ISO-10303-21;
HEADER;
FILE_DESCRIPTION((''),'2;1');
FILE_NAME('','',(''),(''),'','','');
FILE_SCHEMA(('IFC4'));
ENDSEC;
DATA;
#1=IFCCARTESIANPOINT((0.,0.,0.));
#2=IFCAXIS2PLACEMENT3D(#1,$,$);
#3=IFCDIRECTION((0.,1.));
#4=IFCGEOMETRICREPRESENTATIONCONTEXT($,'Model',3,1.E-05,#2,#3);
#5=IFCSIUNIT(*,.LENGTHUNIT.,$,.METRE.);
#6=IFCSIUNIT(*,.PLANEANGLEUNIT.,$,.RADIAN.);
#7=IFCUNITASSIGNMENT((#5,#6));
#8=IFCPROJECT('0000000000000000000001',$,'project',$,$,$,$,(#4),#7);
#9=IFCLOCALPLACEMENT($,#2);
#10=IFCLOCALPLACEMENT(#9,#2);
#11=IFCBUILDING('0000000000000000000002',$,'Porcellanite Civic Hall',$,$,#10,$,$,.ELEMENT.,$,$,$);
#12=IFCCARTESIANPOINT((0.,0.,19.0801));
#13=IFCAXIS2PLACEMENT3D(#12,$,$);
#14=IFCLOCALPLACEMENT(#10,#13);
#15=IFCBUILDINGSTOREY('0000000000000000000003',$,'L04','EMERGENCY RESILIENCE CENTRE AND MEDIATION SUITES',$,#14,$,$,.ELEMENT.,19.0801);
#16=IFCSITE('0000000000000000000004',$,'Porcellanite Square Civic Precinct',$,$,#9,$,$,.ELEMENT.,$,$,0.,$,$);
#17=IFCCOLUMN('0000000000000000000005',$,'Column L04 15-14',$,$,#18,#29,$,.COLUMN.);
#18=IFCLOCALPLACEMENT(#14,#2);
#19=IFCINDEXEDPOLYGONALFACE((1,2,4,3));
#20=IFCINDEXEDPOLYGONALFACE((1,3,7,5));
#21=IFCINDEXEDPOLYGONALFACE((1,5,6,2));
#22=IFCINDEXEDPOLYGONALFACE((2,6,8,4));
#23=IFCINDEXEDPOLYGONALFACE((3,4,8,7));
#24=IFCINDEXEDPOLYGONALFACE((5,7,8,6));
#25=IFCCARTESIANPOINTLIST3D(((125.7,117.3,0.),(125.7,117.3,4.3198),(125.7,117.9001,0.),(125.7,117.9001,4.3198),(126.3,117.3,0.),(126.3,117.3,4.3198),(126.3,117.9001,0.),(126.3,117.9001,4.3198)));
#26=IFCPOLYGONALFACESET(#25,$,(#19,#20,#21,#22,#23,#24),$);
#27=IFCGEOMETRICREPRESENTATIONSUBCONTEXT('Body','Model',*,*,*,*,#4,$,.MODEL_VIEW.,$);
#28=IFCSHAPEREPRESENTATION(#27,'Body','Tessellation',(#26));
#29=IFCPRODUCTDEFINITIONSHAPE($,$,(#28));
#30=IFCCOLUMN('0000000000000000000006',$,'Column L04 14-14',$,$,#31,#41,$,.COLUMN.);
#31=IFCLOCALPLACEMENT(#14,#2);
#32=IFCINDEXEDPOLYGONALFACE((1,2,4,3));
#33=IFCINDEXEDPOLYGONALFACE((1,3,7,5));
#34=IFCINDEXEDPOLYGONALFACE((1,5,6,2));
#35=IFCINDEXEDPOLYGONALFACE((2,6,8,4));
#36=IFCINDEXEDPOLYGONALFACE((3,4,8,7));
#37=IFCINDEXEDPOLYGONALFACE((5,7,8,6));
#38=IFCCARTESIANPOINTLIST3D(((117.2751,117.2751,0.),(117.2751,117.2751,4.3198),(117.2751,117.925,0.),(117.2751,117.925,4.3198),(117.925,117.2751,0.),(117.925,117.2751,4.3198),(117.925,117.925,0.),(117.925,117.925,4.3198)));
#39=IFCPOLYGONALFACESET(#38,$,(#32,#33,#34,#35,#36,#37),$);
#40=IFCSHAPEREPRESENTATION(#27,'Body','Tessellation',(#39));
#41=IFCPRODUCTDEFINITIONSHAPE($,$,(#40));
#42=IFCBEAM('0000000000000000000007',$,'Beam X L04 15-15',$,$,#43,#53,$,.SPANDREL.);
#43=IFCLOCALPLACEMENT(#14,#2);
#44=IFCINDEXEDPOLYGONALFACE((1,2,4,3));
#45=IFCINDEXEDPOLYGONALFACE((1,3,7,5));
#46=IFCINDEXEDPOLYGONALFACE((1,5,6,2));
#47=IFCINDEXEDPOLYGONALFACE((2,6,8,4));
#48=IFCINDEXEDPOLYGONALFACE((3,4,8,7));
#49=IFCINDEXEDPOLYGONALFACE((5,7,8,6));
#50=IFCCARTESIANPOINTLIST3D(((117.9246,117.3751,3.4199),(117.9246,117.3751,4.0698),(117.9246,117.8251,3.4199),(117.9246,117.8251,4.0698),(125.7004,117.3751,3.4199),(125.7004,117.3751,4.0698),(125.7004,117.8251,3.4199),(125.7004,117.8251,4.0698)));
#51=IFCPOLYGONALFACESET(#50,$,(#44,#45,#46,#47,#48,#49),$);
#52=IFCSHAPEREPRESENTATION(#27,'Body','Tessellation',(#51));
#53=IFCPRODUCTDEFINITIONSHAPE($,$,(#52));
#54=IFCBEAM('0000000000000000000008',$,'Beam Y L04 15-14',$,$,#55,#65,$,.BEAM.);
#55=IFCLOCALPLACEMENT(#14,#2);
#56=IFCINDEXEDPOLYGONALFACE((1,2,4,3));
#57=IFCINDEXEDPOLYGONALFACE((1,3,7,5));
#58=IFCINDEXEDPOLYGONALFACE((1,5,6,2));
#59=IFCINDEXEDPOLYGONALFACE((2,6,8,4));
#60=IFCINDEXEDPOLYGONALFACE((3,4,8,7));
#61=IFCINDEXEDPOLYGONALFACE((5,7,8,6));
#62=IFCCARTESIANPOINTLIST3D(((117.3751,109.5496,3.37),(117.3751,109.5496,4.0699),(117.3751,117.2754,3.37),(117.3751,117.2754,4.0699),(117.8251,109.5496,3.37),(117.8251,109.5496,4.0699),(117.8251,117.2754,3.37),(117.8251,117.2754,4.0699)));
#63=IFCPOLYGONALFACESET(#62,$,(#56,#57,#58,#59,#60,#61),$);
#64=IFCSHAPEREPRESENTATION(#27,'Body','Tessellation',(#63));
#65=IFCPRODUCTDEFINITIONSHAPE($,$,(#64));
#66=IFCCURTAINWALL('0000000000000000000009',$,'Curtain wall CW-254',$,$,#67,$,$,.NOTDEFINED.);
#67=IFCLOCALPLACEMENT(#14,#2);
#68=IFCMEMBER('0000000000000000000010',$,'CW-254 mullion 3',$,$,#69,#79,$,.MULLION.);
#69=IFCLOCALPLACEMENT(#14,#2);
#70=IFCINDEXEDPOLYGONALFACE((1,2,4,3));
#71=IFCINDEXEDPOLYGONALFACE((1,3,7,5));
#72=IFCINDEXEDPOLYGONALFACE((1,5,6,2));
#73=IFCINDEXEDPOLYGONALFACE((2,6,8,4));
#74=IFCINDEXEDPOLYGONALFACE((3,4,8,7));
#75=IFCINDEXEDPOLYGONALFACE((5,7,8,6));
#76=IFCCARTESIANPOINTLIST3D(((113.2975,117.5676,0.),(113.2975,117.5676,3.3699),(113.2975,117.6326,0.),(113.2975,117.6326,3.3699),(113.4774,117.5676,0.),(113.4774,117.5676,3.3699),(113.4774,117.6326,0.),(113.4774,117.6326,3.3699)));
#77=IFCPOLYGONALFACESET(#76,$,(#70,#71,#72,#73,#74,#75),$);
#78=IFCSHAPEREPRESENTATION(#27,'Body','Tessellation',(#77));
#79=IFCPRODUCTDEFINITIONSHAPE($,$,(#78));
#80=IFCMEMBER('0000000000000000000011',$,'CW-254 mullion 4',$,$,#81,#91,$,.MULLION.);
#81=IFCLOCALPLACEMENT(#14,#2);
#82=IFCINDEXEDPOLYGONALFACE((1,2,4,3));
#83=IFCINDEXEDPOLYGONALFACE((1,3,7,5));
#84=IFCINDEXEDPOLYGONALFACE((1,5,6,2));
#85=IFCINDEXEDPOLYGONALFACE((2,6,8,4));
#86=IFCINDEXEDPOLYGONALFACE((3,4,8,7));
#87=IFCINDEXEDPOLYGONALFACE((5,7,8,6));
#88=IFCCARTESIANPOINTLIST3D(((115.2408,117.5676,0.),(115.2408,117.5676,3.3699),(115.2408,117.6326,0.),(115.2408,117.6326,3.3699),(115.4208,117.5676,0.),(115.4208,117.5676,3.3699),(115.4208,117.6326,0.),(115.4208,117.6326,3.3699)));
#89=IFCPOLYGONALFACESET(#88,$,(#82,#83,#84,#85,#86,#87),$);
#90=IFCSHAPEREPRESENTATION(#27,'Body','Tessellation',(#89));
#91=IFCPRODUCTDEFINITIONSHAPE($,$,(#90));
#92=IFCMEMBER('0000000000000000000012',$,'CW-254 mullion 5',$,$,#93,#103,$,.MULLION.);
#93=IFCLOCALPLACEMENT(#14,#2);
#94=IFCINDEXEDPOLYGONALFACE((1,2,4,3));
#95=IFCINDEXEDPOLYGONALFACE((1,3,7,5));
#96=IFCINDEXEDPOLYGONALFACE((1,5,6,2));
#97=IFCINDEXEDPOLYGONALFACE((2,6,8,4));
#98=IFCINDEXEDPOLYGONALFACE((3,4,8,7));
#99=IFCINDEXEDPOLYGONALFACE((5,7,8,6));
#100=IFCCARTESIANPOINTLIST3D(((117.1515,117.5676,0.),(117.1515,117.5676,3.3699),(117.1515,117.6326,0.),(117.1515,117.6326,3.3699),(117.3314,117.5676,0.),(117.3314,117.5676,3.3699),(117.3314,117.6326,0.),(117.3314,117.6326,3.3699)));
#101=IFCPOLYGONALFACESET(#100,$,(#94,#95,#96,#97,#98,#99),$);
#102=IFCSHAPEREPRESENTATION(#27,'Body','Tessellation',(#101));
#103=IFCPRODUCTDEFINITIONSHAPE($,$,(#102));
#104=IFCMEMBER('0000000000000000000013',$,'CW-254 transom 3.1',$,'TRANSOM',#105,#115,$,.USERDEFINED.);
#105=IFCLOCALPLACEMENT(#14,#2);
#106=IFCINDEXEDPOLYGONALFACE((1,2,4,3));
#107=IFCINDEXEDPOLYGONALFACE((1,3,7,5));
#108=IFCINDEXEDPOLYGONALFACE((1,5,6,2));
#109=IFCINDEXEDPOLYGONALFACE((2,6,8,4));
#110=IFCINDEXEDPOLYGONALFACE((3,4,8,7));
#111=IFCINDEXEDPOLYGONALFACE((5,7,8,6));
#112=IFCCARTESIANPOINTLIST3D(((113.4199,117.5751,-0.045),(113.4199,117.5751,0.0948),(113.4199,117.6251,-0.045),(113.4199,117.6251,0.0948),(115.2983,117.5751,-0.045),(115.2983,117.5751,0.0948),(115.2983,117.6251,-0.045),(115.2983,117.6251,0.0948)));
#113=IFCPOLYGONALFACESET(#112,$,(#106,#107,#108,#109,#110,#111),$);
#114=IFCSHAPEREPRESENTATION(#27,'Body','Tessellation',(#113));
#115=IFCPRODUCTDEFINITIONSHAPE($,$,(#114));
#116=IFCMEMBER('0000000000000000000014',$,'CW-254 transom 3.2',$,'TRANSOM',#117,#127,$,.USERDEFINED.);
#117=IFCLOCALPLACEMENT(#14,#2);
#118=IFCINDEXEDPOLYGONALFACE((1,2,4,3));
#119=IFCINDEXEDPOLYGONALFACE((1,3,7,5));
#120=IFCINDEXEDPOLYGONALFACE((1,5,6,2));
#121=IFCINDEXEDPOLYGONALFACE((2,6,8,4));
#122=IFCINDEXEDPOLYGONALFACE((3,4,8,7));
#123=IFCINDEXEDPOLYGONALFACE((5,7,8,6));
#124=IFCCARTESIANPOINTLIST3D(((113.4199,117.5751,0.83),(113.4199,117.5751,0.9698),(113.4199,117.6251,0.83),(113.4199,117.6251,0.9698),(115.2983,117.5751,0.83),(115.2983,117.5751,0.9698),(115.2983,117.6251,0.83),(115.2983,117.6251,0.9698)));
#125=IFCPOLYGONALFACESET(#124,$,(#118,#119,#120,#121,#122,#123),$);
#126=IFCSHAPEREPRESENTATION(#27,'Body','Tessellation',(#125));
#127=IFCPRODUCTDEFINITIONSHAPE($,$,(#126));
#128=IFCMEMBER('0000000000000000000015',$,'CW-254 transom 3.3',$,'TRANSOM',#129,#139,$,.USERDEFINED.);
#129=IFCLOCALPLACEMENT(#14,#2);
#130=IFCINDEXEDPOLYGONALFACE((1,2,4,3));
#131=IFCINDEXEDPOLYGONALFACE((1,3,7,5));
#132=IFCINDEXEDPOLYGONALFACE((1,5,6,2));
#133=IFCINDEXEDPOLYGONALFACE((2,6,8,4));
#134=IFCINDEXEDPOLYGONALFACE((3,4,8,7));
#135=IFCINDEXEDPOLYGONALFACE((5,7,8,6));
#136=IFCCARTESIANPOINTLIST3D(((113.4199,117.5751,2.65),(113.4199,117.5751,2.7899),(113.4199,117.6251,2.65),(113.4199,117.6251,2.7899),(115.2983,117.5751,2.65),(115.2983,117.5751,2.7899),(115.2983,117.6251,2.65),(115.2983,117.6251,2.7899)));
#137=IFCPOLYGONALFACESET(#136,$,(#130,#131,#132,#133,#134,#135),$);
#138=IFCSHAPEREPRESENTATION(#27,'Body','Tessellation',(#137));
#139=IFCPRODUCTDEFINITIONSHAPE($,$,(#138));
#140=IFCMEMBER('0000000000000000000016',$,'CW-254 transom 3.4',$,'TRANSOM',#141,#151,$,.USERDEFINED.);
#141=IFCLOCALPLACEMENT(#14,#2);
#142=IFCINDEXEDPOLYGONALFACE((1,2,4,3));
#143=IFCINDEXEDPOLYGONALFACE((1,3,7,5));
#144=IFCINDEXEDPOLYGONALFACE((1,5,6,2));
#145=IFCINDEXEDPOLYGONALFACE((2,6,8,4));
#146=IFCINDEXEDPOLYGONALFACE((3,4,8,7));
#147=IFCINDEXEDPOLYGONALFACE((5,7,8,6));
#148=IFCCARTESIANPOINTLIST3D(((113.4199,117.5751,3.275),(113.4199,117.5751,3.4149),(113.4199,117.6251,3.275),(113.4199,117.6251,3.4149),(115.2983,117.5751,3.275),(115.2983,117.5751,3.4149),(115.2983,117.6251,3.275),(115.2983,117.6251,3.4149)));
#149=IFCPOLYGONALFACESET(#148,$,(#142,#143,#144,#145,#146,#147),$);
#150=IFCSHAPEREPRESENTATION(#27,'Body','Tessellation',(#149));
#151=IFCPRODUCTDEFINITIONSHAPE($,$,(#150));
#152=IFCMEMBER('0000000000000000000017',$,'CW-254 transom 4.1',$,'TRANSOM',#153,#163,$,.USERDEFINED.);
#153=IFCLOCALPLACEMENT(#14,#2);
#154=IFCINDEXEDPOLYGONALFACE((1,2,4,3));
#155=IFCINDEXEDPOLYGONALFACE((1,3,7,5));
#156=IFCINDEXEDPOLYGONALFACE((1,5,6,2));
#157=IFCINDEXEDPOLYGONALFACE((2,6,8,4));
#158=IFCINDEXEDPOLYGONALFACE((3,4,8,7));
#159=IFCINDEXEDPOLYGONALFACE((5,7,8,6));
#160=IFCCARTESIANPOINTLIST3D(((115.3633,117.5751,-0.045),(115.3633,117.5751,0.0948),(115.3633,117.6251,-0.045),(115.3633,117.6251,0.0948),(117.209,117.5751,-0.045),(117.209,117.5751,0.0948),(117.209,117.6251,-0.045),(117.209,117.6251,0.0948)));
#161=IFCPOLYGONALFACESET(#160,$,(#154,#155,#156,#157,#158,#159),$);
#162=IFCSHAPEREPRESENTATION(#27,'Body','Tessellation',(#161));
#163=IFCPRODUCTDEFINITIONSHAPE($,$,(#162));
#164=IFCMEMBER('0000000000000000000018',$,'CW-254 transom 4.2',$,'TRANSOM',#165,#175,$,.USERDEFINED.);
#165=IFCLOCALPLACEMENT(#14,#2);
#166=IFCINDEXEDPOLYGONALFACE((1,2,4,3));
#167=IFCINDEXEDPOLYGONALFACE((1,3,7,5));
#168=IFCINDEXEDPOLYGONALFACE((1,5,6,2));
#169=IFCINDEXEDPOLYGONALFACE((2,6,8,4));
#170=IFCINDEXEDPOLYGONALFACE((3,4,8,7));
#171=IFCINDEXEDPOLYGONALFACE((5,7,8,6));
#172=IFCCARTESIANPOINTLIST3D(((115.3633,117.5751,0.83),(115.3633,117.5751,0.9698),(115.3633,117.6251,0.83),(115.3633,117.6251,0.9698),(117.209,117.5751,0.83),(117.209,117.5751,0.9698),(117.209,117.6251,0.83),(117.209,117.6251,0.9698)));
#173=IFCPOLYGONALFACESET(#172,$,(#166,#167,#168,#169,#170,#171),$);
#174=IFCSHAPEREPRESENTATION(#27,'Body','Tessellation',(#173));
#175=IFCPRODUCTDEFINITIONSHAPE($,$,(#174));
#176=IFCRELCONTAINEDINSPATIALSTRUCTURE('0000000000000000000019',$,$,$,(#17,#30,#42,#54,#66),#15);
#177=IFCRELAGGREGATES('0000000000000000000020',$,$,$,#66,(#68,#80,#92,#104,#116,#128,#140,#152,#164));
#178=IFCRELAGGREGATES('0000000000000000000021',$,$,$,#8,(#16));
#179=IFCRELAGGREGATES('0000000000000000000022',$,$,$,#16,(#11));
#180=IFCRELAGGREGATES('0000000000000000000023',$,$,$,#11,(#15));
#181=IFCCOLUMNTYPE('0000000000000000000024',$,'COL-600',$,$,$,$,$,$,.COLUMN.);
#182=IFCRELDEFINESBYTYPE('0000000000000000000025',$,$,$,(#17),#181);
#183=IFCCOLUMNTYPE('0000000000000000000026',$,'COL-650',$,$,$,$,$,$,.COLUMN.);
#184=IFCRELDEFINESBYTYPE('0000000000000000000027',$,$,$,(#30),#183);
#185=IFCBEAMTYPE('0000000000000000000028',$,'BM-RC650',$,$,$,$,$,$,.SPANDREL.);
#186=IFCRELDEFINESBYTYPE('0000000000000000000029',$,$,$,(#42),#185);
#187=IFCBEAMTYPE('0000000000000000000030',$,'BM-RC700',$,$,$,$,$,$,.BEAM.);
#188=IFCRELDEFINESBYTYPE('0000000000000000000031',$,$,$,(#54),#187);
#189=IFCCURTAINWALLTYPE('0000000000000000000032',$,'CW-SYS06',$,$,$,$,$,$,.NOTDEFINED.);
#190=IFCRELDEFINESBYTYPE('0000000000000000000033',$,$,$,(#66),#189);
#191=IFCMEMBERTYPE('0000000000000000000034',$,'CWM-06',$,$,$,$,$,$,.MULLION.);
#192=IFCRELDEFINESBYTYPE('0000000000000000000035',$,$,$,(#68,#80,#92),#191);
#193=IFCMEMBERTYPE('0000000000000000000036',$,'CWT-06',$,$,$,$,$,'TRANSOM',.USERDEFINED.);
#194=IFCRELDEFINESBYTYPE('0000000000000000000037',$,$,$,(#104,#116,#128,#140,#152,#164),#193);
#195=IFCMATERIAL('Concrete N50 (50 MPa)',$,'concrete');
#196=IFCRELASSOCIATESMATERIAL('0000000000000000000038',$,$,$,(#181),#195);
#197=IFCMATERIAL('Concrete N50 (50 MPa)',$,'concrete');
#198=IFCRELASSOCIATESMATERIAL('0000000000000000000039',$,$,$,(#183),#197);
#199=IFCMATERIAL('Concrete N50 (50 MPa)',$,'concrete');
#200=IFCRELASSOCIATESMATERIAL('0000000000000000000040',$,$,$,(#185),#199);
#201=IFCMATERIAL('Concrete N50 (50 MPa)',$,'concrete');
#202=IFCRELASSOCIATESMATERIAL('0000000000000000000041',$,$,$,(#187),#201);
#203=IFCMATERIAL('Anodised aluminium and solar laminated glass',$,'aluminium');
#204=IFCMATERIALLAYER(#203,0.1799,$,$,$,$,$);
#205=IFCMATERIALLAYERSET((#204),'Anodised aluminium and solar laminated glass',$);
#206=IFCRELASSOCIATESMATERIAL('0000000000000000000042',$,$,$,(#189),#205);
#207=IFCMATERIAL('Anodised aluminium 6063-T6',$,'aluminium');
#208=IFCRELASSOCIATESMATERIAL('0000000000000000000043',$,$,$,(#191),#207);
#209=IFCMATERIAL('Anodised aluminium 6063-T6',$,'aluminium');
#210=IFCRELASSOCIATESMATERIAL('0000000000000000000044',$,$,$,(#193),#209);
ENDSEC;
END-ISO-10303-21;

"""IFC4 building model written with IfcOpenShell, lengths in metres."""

from ifc_helpers import new_model, si_unit, direction, frame, origin, origin_2d, place, context, subcontext, project, spatial, rectangle, extrude, material, layer, layer_set, material_profile, profile_set, type_object, element, aggregate, save


model = new_model("IFC4")

# Units and contexts
model_context = context("Model", 3, precision=1e-05, world=origin(), true_north=direction((0.0, 1.0)))
body_context = subcontext(model_context, "Body", "Model", "MODEL_VIEW")
ifc_project = project(units=[si_unit("LENGTHUNIT", "METRE"), si_unit("PLANEANGLEUNIT", "RADIAN")], contexts=[model_context])

# Site, building, storey
site_placement = place(None, origin())
site = spatial("IfcSite", under=ifc_project, at=site_placement, Name="Porcellanite Square Civic Precinct", CompositionType="ELEMENT", RefElevation=0.0)
building_placement = place(site_placement, origin())
building = spatial("IfcBuilding", under=site, at=building_placement, Name="Porcellanite Civic Hall", CompositionType="ELEMENT")
storey_placement = place(building_placement, frame((0.0, 0.0, 19.0801)))
storey = spatial("IfcBuildingStorey", under=building, at=storey_placement, Name="L04", Description="EMERGENCY RESILIENCE CENTRE AND MEDIATION SUITES", CompositionType="ELEMENT", Elevation=19.0801)

# Columns
ifc_material_1 = material(Name="Concrete N50 (50 MPa)", Category="concrete")
ifc_material_profile_1 = material_profile(ifc_material_1, rectangle(XDim=0.6001, YDim=0.6001, at=origin_2d()), Name="RC-600x600")
ifc_profile_set_1 = profile_set([ifc_material_profile_1], Name="Concrete N50 (50 MPa)")
column_type_1 = type_object("IfcColumnType", Name="COL-600", PredefinedType="COLUMN", material=ifc_profile_set_1)
column_1_placement = place(storey_placement, frame((126.0, 117.6001, 0.0), z_axis=(0.0, 0.0, 1.0), x_axis=(1.0, 0.0, 0.0)))
element("IfcColumn", 1, at=column_1_placement, inside=storey, type_object=column_type_1, Name="Column L04 15-14", PredefinedType="COLUMN", context=body_context, shape_type="SweptSolid", body=[
    extrude(rectangle(XDim=0.6001, YDim=0.6001, at=origin_2d()), origin(), (0.0, 0.0, 1.0), 4.3198),
])
ifc_material_2 = material(Name="Concrete N50 (50 MPa)", Category="concrete")
ifc_material_profile_2 = material_profile(ifc_material_2, rectangle(XDim=0.6499, YDim=0.6499, at=origin_2d()), Name="RC-650x650")
ifc_profile_set_2 = profile_set([ifc_material_profile_2], Name="Concrete N50 (50 MPa)")
column_type_2 = type_object("IfcColumnType", Name="COL-650", PredefinedType="COLUMN", material=ifc_profile_set_2)
column_2_placement = place(storey_placement, frame((117.6001, 117.6001, 0.0), z_axis=(0.0, 0.0, 1.0), x_axis=(1.0, 0.0, 0.0)))
element("IfcColumn", 2, at=column_2_placement, inside=storey, type_object=column_type_2, Name="Column L04 14-14", PredefinedType="COLUMN", context=body_context, shape_type="SweptSolid", body=[
    extrude(rectangle(XDim=0.6499, YDim=0.6499, at=origin_2d()), origin(), (0.0, 0.0, 1.0), 4.3198),
])

# Beams
ifc_material_3 = material(Name="Concrete N50 (50 MPa)", Category="concrete")
ifc_material_profile_3 = material_profile(ifc_material_3, rectangle(XDim=0.45, YDim=0.6499, at=origin_2d()), Name="RC-450x650")
ifc_profile_set_3 = profile_set([ifc_material_profile_3], Name="Concrete N50 (50 MPa)")
beam_type_1 = type_object("IfcBeamType", Name="BM-RC650", PredefinedType="SPANDREL", material=ifc_profile_set_3)
beam_1_placement = place(storey_placement, frame((117.9246, 117.6001, 3.7449), z_axis=(1.0, 0.0, 0.0), x_axis=(0.0, 1.0, 0.0)))
element("IfcBeam", 3, at=beam_1_placement, inside=storey, type_object=beam_type_1, Name="Beam X L04 15-15", PredefinedType="SPANDREL", context=body_context, shape_type="SweptSolid", body=[
    extrude(rectangle(XDim=0.45, YDim=0.6499, at=origin_2d()), origin(), (0.0, 0.0, 1.0), 7.7759),
])
ifc_material_4 = material(Name="Concrete N50 (50 MPa)", Category="concrete")
ifc_material_profile_4 = material_profile(ifc_material_4, rectangle(XDim=0.45, YDim=0.7, at=origin_2d()), Name="RC-450x700")
ifc_profile_set_4 = profile_set([ifc_material_profile_4], Name="Concrete N50 (50 MPa)")
beam_type_2 = type_object("IfcBeamType", Name="BM-RC700", PredefinedType="BEAM", material=ifc_profile_set_4)
beam_2_placement = place(storey_placement, frame((117.6001, 109.5496, 3.72), z_axis=(0.0, 1.0, 0.0), x_axis=(-1.0, 0.0, 0.0)))
element("IfcBeam", 4, at=beam_2_placement, inside=storey, type_object=beam_type_2, Name="Beam Y L04 15-14", PredefinedType="BEAM", context=body_context, shape_type="SweptSolid", body=[
    extrude(rectangle(XDim=0.45, YDim=0.7, at=origin_2d()), origin(), (0.0, 0.0, 1.0), 7.7258),
])

# Curtain wall, members
ifc_material_5 = material(Name="Anodised aluminium and solar laminated glass", Category="aluminium")
ifc_layer_1 = layer(ifc_material_5, 0.1799)
ifc_layer_set_1 = layer_set([ifc_layer_1], Name="Anodised aluminium and solar laminated glass")
curtain_wall_type = type_object("IfcCurtainWallType", Name="CW-SYS06", PredefinedType="NOTDEFINED", material=ifc_layer_set_1)
curtain_wall_placement = place(storey_placement, origin())
curtain_wall = element("IfcCurtainWall", 5, at=curtain_wall_placement, inside=storey, type_object=curtain_wall_type, Name="Curtain wall CW-254", PredefinedType="NOTDEFINED")
ifc_material_6 = material(Name="Anodised aluminium 6063-T6", Category="aluminium")
ifc_material_profile_5 = material_profile(ifc_material_6, rectangle(XDim=0.0649, YDim=0.1799, at=origin_2d()), Name="AL-65x180")
ifc_profile_set_5 = profile_set([ifc_material_profile_5], Name="Anodised aluminium 6063-T6")
member_type_1 = type_object("IfcMemberType", Name="CWM-06", PredefinedType="MULLION", material=ifc_profile_set_5)
member_1_placement = place(storey_placement, frame((113.3875, 117.6001, 0.0), z_axis=(0.0, 0.0, 1.0), x_axis=(0.0, 1.0, 0.0)))
member_1 = element("IfcMember", 6, at=member_1_placement, type_object=member_type_1, Name="CW-254 mullion 3", PredefinedType="MULLION", context=body_context, shape_type="SweptSolid", body=[
    extrude(rectangle(XDim=0.0649, YDim=0.1799, at=origin_2d()), origin(), (0.0, 0.0, 1.0), 3.3699),
])
member_2_placement = place(storey_placement, frame((115.3308, 117.6001, 0.0), z_axis=(0.0, 0.0, 1.0), x_axis=(0.0, 1.0, 0.0)))
member_2 = element("IfcMember", 7, at=member_2_placement, type_object=member_type_1, Name="CW-254 mullion 4", PredefinedType="MULLION", context=body_context, shape_type="SweptSolid", body=[
    extrude(rectangle(XDim=0.0649, YDim=0.1799, at=origin_2d()), origin(), (0.0, 0.0, 1.0), 3.3699),
])
member_3_placement = place(storey_placement, frame((117.2415, 117.6001, 0.0), z_axis=(0.0, 0.0, 1.0), x_axis=(0.0, 1.0, 0.0)))
member_3 = element("IfcMember", 8, at=member_3_placement, type_object=member_type_1, Name="CW-254 mullion 5", PredefinedType="MULLION", context=body_context, shape_type="SweptSolid", body=[
    extrude(rectangle(XDim=0.0649, YDim=0.1799, at=origin_2d()), origin(), (0.0, 0.0, 1.0), 3.3699),
])
ifc_material_7 = material(Name="Anodised aluminium 6063-T6", Category="aluminium")
ifc_material_profile_6 = material_profile(ifc_material_7, rectangle(XDim=0.05, YDim=0.1399, at=origin_2d()), Name="AL-50x140")
ifc_profile_set_6 = profile_set([ifc_material_profile_6], Name="Anodised aluminium 6063-T6")
member_type_2 = type_object("IfcMemberType", Name="CWT-06", ElementType="TRANSOM", PredefinedType="USERDEFINED", material=ifc_profile_set_6)
member_4_placement = place(storey_placement, frame((113.4199, 117.6001, 0.0249), z_axis=(1.0, 0.0, 0.0), x_axis=(0.0, 1.0, 0.0)))
member_4 = element("IfcMember", 9, at=member_4_placement, type_object=member_type_2, Name="CW-254 transom 3.1", ObjectType="TRANSOM", PredefinedType="USERDEFINED", context=body_context, shape_type="SweptSolid", body=[
    extrude(rectangle(XDim=0.05, YDim=0.1399, at=origin_2d()), origin(), (0.0, 0.0, 1.0), 1.8784),
])
member_5_placement = place(storey_placement, frame((113.4199, 117.6001, 0.8999), z_axis=(1.0, 0.0, 0.0), x_axis=(0.0, 1.0, 0.0)))
member_5 = element("IfcMember", 10, at=member_5_placement, type_object=member_type_2, Name="CW-254 transom 3.2", ObjectType="TRANSOM", PredefinedType="USERDEFINED", context=body_context, shape_type="SweptSolid", body=[
    extrude(rectangle(XDim=0.05, YDim=0.1399, at=origin_2d()), origin(), (0.0, 0.0, 1.0), 1.8784),
])
member_6_placement = place(storey_placement, frame((113.4199, 117.6001, 2.72), z_axis=(1.0, 0.0, 0.0), x_axis=(0.0, 1.0, 0.0)))
member_6 = element("IfcMember", 11, at=member_6_placement, type_object=member_type_2, Name="CW-254 transom 3.3", ObjectType="TRANSOM", PredefinedType="USERDEFINED", context=body_context, shape_type="SweptSolid", body=[
    extrude(rectangle(XDim=0.05, YDim=0.1399, at=origin_2d()), origin(), (0.0, 0.0, 1.0), 1.8784),
])
member_7_placement = place(storey_placement, frame((113.4199, 117.6001, 3.345), z_axis=(1.0, 0.0, 0.0), x_axis=(0.0, 1.0, 0.0)))
member_7 = element("IfcMember", 12, at=member_7_placement, type_object=member_type_2, Name="CW-254 transom 3.4", ObjectType="TRANSOM", PredefinedType="USERDEFINED", context=body_context, shape_type="SweptSolid", body=[
    extrude(rectangle(XDim=0.05, YDim=0.1399, at=origin_2d()), origin(), (0.0, 0.0, 1.0), 1.8784),
])
member_8_placement = place(storey_placement, frame((115.3633, 117.6001, 0.0249), z_axis=(1.0, 0.0, 0.0), x_axis=(0.0, 1.0, 0.0)))
member_8 = element("IfcMember", 13, at=member_8_placement, type_object=member_type_2, Name="CW-254 transom 4.1", ObjectType="TRANSOM", PredefinedType="USERDEFINED", context=body_context, shape_type="SweptSolid", body=[
    extrude(rectangle(XDim=0.05, YDim=0.1399, at=origin_2d()), origin(), (0.0, 0.0, 1.0), 1.8457),
])
member_9_placement = place(storey_placement, frame((115.3633, 117.6001, 0.8999), z_axis=(1.0, 0.0, 0.0), x_axis=(0.0, 1.0, 0.0)))
member_9 = element("IfcMember", 14, at=member_9_placement, type_object=member_type_2, Name="CW-254 transom 4.2", ObjectType="TRANSOM", PredefinedType="USERDEFINED", context=body_context, shape_type="SweptSolid", body=[
    extrude(rectangle(XDim=0.05, YDim=0.1399, at=origin_2d()), origin(), (0.0, 0.0, 1.0), 1.8457),
])

aggregate(curtain_wall, [member_1, member_2, member_3, member_4, member_5, member_6, member_7, member_8, member_9])

save(model, "model.ifc")
